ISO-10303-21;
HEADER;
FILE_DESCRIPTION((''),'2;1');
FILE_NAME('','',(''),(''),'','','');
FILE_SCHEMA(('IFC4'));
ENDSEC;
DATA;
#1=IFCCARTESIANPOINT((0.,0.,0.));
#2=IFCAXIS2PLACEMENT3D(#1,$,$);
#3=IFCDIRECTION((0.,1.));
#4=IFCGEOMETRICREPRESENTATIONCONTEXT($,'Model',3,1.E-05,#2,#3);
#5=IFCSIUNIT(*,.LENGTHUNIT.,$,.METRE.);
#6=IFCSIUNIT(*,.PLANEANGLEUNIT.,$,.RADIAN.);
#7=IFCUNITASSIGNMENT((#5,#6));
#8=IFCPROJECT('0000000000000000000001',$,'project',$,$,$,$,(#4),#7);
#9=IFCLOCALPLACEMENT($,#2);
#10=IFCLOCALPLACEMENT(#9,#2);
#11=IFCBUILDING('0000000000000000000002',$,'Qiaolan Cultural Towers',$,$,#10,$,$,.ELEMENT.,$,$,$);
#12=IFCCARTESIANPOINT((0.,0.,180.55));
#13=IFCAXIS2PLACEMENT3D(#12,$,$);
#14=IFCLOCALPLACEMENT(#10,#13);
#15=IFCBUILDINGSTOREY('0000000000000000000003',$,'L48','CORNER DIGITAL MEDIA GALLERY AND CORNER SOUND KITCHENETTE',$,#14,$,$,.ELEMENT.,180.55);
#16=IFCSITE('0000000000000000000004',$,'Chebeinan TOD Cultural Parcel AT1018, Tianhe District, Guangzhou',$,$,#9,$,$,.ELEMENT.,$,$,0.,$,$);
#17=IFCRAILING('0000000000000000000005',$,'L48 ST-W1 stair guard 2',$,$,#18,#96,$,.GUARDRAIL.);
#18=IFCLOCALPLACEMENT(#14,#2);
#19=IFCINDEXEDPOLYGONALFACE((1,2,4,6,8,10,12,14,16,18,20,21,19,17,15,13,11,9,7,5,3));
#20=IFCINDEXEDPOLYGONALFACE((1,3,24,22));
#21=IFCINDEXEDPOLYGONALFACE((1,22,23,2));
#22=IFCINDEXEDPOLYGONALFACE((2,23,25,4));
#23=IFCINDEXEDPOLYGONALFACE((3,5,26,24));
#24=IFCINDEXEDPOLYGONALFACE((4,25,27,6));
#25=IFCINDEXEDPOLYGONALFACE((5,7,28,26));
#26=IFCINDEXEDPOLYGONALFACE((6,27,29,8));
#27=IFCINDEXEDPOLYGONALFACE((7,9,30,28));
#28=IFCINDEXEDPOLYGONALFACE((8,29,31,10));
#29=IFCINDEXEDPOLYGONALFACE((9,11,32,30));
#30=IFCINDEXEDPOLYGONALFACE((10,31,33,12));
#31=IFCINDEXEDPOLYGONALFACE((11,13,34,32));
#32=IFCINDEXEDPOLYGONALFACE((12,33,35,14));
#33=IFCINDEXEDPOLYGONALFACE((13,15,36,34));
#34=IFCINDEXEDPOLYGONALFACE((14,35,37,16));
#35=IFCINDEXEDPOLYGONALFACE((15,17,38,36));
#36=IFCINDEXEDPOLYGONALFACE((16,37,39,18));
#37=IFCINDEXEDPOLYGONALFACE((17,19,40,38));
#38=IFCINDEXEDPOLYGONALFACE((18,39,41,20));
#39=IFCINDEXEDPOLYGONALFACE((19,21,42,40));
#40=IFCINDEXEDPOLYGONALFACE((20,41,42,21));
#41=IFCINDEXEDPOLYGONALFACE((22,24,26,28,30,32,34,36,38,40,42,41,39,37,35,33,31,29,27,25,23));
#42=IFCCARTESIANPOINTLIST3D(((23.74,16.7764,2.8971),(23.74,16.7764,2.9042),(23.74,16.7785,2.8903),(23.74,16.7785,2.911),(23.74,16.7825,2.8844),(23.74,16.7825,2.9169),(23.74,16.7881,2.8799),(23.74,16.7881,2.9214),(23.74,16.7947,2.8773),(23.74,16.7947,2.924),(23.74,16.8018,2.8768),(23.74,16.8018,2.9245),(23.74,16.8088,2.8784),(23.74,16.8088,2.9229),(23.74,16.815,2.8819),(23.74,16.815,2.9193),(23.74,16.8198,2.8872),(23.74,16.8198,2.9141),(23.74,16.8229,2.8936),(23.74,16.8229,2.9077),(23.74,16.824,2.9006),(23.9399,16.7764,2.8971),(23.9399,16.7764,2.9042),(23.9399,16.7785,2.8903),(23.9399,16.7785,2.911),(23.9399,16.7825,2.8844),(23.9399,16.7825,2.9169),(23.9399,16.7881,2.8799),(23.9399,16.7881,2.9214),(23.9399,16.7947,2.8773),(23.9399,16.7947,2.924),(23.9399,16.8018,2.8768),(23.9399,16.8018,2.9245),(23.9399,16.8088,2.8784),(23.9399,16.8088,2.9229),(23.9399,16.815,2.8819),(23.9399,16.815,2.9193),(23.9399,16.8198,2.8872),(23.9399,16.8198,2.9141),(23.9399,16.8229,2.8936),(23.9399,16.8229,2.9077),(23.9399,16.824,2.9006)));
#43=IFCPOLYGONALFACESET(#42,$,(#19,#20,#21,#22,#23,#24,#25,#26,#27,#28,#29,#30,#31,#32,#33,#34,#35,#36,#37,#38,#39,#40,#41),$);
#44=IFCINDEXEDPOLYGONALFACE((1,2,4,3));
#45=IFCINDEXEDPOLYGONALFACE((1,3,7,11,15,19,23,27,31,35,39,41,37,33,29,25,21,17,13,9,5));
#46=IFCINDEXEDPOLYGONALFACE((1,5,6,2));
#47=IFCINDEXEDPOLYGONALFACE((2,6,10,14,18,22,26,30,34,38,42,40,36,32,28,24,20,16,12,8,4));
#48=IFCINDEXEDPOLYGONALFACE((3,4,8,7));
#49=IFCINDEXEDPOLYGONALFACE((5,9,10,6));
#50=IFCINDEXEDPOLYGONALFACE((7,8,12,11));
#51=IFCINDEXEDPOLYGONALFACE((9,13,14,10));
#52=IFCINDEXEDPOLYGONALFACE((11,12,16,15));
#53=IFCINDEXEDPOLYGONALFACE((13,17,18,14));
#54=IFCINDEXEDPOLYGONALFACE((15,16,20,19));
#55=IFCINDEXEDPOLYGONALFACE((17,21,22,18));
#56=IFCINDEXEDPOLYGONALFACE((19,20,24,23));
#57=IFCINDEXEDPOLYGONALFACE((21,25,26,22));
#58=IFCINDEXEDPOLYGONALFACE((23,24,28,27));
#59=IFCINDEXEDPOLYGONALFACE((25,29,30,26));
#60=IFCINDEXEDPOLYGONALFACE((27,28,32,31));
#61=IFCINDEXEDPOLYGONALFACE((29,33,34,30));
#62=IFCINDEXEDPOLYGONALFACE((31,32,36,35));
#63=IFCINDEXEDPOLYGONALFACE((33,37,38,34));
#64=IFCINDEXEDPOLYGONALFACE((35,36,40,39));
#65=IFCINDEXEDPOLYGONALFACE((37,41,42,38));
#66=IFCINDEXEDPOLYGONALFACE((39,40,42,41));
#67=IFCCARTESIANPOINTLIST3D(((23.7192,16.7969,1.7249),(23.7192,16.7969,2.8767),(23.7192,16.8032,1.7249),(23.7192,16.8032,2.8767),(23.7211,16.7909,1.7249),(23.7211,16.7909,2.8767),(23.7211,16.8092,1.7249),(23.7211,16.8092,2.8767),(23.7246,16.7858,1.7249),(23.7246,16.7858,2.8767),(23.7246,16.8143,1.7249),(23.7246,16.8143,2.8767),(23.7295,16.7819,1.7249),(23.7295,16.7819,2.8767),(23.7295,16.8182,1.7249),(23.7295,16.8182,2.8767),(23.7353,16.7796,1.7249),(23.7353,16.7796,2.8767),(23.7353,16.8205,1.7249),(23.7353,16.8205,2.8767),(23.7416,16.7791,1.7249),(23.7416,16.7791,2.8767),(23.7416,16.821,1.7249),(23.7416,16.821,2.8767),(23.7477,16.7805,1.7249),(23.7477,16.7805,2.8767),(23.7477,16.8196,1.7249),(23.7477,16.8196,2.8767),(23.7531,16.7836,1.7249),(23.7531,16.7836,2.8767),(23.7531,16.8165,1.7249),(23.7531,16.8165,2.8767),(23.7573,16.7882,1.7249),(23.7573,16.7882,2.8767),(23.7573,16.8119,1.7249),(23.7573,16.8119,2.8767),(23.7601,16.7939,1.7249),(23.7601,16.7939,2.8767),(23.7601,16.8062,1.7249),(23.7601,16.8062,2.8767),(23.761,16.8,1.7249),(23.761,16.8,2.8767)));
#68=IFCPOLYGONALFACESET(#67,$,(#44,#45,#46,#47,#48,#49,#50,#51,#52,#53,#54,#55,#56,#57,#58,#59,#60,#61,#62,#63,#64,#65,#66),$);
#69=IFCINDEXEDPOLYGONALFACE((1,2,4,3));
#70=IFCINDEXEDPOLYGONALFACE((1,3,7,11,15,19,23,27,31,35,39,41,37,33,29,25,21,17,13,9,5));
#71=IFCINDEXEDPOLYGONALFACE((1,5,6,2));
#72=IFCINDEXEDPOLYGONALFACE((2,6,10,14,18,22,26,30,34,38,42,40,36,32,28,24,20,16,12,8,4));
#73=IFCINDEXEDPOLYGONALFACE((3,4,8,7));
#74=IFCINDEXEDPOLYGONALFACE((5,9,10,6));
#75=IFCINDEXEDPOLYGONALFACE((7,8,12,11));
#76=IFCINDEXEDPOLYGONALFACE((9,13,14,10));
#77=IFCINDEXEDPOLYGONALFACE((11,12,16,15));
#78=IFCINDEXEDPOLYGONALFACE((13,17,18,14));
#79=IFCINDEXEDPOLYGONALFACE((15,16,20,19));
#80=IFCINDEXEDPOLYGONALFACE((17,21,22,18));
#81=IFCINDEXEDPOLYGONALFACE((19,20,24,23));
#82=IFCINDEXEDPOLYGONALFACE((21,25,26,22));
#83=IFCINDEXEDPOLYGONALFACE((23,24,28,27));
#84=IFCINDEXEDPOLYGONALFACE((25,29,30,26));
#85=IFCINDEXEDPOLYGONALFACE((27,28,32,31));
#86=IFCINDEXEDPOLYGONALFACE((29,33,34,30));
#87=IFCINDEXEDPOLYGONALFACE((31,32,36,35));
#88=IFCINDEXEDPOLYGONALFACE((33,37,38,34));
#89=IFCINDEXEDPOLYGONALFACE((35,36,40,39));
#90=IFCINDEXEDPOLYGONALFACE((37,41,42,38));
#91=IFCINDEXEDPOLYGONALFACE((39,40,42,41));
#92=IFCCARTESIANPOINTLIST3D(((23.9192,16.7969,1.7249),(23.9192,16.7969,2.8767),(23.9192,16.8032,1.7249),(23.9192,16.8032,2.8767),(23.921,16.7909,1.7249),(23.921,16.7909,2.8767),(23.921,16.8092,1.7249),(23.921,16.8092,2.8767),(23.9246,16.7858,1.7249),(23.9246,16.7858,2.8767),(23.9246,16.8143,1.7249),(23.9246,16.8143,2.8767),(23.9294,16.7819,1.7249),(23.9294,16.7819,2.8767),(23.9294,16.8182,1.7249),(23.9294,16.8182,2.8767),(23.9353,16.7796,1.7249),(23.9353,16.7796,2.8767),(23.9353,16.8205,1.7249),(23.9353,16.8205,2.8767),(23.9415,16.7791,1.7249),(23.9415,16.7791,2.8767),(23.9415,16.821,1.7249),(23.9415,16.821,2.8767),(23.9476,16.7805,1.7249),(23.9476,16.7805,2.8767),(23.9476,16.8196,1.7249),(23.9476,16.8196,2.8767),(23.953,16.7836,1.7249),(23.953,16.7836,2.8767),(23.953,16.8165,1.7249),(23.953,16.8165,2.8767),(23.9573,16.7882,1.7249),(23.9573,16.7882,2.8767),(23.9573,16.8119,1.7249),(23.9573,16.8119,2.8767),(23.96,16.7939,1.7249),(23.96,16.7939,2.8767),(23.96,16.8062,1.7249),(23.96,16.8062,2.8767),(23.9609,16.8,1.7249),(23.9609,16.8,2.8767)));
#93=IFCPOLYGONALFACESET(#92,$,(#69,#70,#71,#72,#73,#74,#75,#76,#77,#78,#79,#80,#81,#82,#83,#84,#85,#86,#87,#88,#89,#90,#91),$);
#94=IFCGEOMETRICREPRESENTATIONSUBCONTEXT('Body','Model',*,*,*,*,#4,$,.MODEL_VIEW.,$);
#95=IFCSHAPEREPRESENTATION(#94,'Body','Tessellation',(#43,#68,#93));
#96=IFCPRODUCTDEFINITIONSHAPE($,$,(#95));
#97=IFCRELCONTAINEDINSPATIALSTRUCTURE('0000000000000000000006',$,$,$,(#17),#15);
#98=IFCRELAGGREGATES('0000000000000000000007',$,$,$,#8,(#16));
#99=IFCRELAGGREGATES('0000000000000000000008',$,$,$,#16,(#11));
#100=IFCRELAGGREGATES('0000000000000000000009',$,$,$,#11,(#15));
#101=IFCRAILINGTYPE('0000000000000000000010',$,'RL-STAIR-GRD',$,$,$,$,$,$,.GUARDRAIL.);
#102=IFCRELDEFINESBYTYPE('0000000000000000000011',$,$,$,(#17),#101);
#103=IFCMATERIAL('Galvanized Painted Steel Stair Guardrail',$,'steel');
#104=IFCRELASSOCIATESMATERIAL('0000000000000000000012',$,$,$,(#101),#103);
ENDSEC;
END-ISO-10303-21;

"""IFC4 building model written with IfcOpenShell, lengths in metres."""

from ifc_helpers import new_model, si_unit, direction, frame, origin, origin_2d, place, context, subcontext, project, spatial, circle, extrude, material, type_object, element, save


model = new_model("IFC4")

# Units and contexts
model_context = context("Model", 3, precision=1e-05, world=origin(), true_north=direction((0.0, 1.0)))
body_context = subcontext(model_context, "Body", "Model", "MODEL_VIEW")
ifc_project = project(units=[si_unit("LENGTHUNIT", "METRE"), si_unit("PLANEANGLEUNIT", "RADIAN")], contexts=[model_context])

# Site, building, storey
site_placement = place(None, origin())
site = spatial("IfcSite", under=ifc_project, at=site_placement, Name="Chebeinan TOD Cultural Parcel AT1018, Tianhe District, Guangzhou", CompositionType="ELEMENT", RefElevation=0.0)
building_placement = place(site_placement, origin())
building = spatial("IfcBuilding", under=site, at=building_placement, Name="Qiaolan Cultural Towers", CompositionType="ELEMENT")
storey_placement = place(building_placement, frame((0.0, 0.0, 180.55)))
storey = spatial("IfcBuildingStorey", under=building, at=storey_placement, Name="L48", Description="CORNER DIGITAL MEDIA GALLERY AND CORNER SOUND KITCHENETTE", CompositionType="ELEMENT", Elevation=180.55)

# Railing
ifc_material_1 = material(Name="Galvanized Painted Steel Stair Guardrail", Category="steel")
railing_type_1 = type_object("IfcRailingType", Name="RL-STAIR-GRD", PredefinedType="GUARDRAIL", material=ifc_material_1)
railing_1_placement = place(storey_placement, frame((23.74, 16.8, 1.7249)))
element("IfcRailing", 1, at=railing_1_placement, inside=storey, type_object=railing_type_1, Name="L48 ST-W1 stair guard 2", PredefinedType="GUARDRAIL", context=body_context, shape_type="SweptSolid", body=[
    extrude(circle(Radius=0.0239, at=origin_2d()), frame((0.0, 0.0, 1.1758), z_axis=(1.0, 0.0, 0.0), x_axis=(0.0, 1.0, 0.0)), (0.0, 0.0, 1.0), 0.2),
    extrude(circle(Radius=0.021, at=origin_2d()), origin(), (0.0, 0.0, 1.0), 1.1519),
    extrude(circle(Radius=0.021, at=origin_2d()), frame((0.2, 0.0, 0.0)), (0.0, 0.0, 1.0), 1.1519),
])

save(model, "model.ifc")
